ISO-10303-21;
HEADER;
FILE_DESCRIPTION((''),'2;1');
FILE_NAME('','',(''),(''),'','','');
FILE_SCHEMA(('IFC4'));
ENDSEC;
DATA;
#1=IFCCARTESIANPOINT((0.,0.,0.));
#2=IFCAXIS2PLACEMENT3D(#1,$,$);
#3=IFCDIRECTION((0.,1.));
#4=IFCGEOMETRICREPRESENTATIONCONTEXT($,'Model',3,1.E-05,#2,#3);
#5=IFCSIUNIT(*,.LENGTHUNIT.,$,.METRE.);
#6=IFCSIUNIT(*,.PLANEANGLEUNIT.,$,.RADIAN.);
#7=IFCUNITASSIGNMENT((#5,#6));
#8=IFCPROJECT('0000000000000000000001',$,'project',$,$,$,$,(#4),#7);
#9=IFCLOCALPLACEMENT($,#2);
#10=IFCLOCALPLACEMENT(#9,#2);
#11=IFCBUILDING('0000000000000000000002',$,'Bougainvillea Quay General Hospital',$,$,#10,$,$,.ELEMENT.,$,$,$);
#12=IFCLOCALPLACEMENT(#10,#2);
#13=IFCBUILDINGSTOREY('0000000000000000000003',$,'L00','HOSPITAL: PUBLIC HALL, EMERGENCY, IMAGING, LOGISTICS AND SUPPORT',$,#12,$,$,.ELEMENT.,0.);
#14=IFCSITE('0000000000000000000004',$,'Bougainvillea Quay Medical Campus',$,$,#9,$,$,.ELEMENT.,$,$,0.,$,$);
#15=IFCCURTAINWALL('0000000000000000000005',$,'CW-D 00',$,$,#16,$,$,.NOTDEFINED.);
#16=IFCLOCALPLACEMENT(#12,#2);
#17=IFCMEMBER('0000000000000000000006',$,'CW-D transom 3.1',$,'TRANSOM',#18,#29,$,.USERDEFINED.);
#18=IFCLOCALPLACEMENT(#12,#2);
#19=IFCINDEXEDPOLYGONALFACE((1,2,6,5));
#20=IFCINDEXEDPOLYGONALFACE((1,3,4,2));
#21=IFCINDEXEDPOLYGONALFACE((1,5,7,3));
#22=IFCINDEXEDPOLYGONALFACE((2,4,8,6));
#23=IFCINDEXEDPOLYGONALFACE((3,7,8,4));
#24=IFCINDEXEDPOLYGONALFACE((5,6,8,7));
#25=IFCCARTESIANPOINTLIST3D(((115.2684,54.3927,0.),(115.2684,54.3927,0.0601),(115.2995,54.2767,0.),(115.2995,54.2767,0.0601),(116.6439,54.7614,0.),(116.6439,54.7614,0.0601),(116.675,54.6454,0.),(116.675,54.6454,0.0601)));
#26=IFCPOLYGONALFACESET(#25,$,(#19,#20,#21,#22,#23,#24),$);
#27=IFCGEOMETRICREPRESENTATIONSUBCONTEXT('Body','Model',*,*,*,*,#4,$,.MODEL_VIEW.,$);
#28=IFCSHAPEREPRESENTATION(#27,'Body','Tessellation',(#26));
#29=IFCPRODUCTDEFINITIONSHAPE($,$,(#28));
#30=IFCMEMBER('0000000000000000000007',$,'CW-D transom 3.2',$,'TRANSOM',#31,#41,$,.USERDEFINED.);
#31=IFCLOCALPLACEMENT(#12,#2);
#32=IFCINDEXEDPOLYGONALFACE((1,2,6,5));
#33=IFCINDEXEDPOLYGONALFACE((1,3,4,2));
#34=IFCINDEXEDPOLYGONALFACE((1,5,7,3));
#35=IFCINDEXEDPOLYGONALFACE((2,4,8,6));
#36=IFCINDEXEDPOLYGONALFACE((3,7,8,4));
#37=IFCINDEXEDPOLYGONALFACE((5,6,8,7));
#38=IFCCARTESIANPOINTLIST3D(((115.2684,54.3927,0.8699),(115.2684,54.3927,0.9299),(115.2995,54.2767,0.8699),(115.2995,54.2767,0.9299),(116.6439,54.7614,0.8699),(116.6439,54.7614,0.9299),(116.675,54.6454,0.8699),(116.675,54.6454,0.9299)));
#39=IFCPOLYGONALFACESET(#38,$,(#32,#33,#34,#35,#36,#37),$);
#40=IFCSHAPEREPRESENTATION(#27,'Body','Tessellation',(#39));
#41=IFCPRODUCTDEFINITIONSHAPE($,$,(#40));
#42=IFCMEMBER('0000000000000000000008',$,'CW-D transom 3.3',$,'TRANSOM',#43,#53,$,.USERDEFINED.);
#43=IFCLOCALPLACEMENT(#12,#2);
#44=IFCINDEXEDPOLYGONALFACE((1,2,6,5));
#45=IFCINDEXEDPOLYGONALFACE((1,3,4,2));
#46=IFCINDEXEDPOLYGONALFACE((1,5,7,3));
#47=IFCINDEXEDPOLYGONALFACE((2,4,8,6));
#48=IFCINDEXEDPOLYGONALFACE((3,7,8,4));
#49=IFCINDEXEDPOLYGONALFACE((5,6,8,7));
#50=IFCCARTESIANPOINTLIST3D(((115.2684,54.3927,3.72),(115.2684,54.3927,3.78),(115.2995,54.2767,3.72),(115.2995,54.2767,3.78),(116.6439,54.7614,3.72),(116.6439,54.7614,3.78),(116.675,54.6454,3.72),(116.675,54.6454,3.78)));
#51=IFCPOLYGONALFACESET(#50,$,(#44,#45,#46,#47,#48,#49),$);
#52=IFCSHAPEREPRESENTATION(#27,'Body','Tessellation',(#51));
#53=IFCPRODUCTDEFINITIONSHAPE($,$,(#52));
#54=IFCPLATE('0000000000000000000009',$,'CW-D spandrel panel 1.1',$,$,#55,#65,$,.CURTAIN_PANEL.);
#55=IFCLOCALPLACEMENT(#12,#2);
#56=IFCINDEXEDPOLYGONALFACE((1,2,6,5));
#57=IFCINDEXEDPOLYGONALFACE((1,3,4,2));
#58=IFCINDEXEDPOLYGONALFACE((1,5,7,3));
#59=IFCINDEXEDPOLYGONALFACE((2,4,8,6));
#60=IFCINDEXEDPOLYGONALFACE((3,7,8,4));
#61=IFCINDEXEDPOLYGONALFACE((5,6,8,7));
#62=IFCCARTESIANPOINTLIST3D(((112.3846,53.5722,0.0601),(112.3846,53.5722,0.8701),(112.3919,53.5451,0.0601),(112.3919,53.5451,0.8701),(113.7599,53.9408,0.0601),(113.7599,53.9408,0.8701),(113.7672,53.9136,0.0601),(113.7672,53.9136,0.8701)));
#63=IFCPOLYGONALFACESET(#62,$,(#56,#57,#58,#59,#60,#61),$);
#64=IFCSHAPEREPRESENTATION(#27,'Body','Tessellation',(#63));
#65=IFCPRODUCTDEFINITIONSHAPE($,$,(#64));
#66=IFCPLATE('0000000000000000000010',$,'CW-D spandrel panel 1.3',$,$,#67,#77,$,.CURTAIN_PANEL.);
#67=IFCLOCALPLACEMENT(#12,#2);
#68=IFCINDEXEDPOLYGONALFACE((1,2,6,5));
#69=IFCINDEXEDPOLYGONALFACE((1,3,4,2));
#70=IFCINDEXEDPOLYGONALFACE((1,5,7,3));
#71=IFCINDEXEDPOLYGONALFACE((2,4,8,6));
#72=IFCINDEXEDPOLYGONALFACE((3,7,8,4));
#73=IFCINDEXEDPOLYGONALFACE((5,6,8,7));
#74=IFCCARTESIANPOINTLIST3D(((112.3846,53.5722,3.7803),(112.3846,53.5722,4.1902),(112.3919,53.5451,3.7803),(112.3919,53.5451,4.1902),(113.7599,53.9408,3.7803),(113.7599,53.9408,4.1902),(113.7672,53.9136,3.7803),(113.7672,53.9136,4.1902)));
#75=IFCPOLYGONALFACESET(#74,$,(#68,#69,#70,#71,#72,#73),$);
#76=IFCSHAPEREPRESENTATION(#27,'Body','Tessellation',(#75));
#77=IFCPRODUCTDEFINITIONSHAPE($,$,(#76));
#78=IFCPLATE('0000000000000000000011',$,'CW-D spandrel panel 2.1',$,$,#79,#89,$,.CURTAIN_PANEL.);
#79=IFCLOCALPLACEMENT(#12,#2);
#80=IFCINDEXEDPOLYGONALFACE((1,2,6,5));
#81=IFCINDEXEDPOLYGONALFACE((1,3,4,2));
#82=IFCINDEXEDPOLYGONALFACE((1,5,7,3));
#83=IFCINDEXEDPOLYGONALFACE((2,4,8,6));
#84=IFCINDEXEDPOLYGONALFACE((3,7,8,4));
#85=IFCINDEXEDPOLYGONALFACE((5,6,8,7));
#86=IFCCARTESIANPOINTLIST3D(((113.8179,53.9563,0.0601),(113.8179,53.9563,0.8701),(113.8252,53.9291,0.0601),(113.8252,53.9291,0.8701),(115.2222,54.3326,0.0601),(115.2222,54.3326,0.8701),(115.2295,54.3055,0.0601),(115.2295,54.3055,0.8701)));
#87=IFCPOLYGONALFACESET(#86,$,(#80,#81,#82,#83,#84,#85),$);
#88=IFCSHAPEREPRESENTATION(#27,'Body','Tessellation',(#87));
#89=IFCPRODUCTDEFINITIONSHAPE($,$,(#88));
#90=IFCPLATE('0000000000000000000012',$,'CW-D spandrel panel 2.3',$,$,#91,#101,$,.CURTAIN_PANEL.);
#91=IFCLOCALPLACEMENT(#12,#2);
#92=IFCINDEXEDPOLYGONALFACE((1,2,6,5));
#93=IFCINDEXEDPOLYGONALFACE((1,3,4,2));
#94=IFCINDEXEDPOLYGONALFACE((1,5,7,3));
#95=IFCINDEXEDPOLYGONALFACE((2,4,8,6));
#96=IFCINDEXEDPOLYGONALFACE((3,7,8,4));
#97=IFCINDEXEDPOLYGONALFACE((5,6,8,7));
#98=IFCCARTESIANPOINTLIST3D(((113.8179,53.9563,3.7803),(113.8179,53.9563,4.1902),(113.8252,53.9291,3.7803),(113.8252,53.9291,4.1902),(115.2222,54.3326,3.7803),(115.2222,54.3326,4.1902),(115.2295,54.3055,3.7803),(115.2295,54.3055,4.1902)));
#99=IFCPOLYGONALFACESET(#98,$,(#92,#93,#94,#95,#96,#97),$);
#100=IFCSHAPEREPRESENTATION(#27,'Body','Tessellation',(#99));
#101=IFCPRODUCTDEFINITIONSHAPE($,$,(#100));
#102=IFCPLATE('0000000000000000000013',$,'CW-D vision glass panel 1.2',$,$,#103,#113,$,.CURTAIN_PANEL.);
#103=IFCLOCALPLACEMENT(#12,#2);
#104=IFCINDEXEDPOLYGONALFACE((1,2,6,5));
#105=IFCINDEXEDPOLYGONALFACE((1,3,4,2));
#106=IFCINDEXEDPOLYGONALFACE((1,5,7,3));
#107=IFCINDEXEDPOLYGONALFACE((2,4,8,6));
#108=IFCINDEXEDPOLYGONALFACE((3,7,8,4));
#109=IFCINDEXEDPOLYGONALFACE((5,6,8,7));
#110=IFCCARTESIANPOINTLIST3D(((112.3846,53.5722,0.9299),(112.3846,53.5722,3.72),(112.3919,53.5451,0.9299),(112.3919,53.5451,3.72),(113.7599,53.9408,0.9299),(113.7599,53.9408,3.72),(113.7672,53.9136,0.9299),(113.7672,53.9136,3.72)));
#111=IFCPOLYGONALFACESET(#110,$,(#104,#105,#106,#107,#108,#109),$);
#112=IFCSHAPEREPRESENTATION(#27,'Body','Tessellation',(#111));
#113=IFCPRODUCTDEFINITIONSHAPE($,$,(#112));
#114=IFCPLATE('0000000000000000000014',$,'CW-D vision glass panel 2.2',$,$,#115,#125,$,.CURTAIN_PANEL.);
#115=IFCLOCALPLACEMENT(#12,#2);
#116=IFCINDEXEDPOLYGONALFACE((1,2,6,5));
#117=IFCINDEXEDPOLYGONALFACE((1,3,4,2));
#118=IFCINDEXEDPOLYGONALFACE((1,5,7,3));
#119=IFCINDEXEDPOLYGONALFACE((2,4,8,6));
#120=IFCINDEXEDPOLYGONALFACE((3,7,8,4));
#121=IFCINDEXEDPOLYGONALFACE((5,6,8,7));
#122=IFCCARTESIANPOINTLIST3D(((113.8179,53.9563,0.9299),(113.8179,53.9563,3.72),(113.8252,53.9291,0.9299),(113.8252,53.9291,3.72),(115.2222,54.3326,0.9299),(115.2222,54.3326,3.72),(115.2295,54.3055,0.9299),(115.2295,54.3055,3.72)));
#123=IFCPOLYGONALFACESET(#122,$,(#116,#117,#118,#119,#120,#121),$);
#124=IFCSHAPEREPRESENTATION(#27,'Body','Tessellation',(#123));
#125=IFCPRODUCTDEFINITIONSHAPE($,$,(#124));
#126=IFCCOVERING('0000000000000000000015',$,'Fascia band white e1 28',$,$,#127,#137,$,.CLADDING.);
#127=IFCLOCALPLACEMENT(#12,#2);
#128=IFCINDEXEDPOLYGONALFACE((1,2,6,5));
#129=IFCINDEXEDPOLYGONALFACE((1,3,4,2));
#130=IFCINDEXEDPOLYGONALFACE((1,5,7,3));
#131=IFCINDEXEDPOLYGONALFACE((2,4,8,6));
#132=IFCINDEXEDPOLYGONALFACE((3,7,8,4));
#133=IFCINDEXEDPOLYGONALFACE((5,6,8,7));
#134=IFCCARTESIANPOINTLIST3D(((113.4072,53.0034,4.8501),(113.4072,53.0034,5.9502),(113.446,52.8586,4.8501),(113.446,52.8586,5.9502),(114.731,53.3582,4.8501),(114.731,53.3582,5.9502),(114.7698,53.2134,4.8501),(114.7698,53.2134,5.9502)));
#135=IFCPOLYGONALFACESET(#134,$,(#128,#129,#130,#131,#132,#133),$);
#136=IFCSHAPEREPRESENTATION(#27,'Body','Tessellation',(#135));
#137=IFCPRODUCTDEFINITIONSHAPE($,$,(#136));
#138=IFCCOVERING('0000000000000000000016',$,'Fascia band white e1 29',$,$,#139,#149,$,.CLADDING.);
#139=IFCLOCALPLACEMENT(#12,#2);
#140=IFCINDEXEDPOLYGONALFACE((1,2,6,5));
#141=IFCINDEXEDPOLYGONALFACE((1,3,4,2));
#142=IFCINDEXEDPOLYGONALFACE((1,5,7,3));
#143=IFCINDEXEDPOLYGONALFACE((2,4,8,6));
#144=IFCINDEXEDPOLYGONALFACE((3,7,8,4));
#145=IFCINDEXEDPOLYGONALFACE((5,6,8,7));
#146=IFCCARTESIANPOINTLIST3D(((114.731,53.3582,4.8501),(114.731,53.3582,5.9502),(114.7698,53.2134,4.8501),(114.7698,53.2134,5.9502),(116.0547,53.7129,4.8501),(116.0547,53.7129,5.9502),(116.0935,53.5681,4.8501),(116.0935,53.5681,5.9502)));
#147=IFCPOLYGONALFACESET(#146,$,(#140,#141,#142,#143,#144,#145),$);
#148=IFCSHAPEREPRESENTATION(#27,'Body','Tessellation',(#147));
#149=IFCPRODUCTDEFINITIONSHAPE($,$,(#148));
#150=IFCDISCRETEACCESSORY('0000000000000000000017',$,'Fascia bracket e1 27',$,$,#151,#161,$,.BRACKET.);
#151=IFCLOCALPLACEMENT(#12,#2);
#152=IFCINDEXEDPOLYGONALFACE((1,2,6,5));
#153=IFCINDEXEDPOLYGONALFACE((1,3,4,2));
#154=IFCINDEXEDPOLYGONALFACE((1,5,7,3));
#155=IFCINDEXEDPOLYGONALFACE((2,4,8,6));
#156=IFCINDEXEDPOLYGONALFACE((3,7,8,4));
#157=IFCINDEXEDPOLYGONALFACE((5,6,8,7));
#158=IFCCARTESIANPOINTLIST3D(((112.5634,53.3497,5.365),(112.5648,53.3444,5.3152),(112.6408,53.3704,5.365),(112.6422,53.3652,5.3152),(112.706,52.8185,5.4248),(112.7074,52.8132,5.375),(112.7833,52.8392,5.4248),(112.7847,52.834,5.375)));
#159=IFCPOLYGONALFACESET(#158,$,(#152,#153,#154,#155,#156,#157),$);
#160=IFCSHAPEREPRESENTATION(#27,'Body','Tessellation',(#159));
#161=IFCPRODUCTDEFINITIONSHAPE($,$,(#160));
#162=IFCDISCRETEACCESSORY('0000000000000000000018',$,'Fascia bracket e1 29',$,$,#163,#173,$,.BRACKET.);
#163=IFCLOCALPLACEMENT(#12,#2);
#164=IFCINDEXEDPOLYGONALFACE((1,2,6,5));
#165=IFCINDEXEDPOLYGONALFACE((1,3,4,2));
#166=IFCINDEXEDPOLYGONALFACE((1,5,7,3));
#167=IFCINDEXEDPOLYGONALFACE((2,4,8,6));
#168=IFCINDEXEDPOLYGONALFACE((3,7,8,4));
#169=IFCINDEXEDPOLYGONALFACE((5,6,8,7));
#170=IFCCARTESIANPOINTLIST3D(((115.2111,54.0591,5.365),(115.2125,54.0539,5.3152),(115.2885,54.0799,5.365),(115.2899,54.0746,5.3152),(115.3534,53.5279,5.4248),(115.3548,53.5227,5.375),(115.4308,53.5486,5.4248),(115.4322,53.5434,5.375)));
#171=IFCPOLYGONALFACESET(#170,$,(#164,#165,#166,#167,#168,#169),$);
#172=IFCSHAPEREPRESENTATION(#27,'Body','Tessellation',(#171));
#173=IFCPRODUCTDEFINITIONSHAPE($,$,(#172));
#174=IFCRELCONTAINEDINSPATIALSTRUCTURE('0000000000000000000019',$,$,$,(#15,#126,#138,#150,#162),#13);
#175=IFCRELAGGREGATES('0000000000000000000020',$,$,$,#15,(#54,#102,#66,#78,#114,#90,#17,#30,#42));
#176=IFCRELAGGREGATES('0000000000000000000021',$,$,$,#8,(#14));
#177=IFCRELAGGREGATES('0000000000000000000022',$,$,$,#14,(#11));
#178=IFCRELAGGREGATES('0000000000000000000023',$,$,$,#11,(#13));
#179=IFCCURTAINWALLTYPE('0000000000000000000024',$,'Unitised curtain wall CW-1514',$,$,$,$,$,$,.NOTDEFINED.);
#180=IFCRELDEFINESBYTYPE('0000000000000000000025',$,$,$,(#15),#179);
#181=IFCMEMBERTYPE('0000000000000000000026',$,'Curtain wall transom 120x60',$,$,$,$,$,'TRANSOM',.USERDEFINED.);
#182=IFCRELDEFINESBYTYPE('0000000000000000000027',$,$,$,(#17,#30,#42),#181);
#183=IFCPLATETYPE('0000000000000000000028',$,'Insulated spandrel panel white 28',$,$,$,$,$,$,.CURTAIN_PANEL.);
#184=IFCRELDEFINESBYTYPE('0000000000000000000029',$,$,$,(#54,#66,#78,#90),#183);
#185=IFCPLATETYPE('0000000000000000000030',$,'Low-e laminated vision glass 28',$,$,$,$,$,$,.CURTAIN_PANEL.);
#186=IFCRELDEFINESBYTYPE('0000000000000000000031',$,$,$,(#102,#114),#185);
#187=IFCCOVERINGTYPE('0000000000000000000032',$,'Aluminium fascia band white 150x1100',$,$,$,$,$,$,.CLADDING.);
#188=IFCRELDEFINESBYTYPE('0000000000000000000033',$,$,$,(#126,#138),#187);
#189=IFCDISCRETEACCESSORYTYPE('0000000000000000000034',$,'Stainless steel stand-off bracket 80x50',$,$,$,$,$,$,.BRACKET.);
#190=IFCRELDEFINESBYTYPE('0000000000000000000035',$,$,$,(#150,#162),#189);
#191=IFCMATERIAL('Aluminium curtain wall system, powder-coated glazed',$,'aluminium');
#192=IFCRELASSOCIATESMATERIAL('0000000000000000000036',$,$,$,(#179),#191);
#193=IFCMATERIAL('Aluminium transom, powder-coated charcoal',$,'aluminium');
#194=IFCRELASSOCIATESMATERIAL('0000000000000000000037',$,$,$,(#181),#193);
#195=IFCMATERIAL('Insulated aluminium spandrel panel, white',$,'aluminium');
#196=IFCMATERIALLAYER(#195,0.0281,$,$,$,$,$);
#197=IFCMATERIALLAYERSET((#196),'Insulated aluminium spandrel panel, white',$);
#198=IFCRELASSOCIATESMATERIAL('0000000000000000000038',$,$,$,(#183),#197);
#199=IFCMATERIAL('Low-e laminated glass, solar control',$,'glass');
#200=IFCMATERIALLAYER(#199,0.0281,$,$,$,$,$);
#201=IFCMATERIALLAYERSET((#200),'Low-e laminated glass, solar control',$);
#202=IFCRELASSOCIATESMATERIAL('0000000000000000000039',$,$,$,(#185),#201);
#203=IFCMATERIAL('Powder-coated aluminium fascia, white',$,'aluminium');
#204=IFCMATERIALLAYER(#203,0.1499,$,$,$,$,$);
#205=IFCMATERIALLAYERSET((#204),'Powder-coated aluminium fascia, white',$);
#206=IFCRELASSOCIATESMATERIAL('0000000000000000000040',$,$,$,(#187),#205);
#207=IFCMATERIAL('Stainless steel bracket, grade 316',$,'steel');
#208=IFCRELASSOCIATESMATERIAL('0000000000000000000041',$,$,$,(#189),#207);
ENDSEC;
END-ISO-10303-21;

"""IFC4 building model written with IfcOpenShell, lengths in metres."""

from ifc_helpers import new_model, si_unit, direction, frame, origin, origin_2d, place, context, subcontext, project, spatial, polyline, rectangle, outline, extrude, material, layer, layer_set, material_profile, profile_set, type_object, element, aggregate, save


model = new_model("IFC4")

# Units and contexts
model_context = context("Model", 3, precision=1e-05, world=origin(), true_north=direction((0.0, 1.0)))
body_context = subcontext(model_context, "Body", "Model", "MODEL_VIEW")
ifc_project = project(units=[si_unit("LENGTHUNIT", "METRE"), si_unit("PLANEANGLEUNIT", "RADIAN")], contexts=[model_context])

# Site, building, storey
site_placement = place(None, origin())
site = spatial("IfcSite", under=ifc_project, at=site_placement, Name="Bougainvillea Quay Medical Campus", CompositionType="ELEMENT", RefElevation=0.0)
building_placement = place(site_placement, origin())
building = spatial("IfcBuilding", under=site, at=building_placement, Name="Bougainvillea Quay General Hospital", CompositionType="ELEMENT")
storey_placement = place(building_placement, origin())
storey = spatial("IfcBuildingStorey", under=building, at=storey_placement, Name="L00", Description="HOSPITAL: PUBLIC HALL, EMERGENCY, IMAGING, LOGISTICS AND SUPPORT", CompositionType="ELEMENT", Elevation=0.0)

# Curtain wall, members, plates
ifc_material_1 = material(Name="Aluminium curtain wall system, powder-coated glazed", Category="aluminium")
curtain_wall_type = type_object("IfcCurtainWallType", Name="Unitised curtain wall CW-1514", PredefinedType="NOTDEFINED", material=ifc_material_1)
curtain_wall_placement = place(storey_placement, origin())
curtain_wall = element("IfcCurtainWall", 1, at=curtain_wall_placement, inside=storey, type_object=curtain_wall_type, Name="CW-D 00", PredefinedType="NOTDEFINED")
ifc_material_2 = material(Name="Aluminium transom, powder-coated charcoal", Category="aluminium")
ifc_material_profile_1 = material_profile(ifc_material_2, rectangle(XDim=0.1201, YDim=0.0601, at=origin_2d()))
ifc_profile_set_1 = profile_set([ifc_material_profile_1], Name="Aluminium transom, powder-coated charcoal")
member_type_1 = type_object("IfcMemberType", Name="Curtain wall transom 120x60", ElementType="TRANSOM", PredefinedType="USERDEFINED", material=ifc_profile_set_1)
member_1_placement = place(storey_placement, frame((115.2839, 54.3347, 0.03), z_axis=(0.96591, 0.258879, 0.0), x_axis=(-0.258879, 0.96591, 0.0)))
member_1 = element("IfcMember", 2, at=member_1_placement, type_object=member_type_1, Name="CW-D transom 3.1", ObjectType="TRANSOM", PredefinedType="USERDEFINED", context=body_context, shape_type="SweptSolid", body=[
    extrude(rectangle(XDim=0.1201, YDim=0.0601, at=origin_2d()), origin(), (0.0, 0.0, 1.0), 1.4241),
])
member_2_placement = place(storey_placement, frame((115.2839, 54.3347, 0.8999), z_axis=(0.96591, 0.258879, 0.0), x_axis=(-0.258879, 0.96591, 0.0)))
member_2 = element("IfcMember", 3, at=member_2_placement, type_object=member_type_1, Name="CW-D transom 3.2", ObjectType="TRANSOM", PredefinedType="USERDEFINED", context=body_context, shape_type="SweptSolid", body=[
    extrude(rectangle(XDim=0.1201, YDim=0.0601, at=origin_2d()), origin(), (0.0, 0.0, 1.0), 1.4241),
])
member_3_placement = place(storey_placement, frame((115.2839, 54.3347, 3.75), z_axis=(0.96591, 0.258879, 0.0), x_axis=(-0.258879, 0.96591, 0.0)))
member_3 = element("IfcMember", 4, at=member_3_placement, type_object=member_type_1, Name="CW-D transom 3.3", ObjectType="TRANSOM", PredefinedType="USERDEFINED", context=body_context, shape_type="SweptSolid", body=[
    extrude(rectangle(XDim=0.1201, YDim=0.0601, at=origin_2d()), origin(), (0.0, 0.0, 1.0), 1.4241),
])
ifc_material_3 = material(Name="Insulated aluminium spandrel panel, white", Category="aluminium")
ifc_layer_1 = layer(ifc_material_3, 0.0281)
ifc_layer_set_1 = layer_set([ifc_layer_1], Name="Insulated aluminium spandrel panel, white")
plate_type_1 = type_object("IfcPlateType", Name="Insulated spandrel panel white 28", PredefinedType="CURTAIN_PANEL", material=ifc_layer_set_1)
plate_1_placement = place(storey_placement, frame((113.0759, 53.7429, 0.0601), z_axis=(0.0, 0.0, 1.0), x_axis=(0.965916, 0.258855, 0.0)))
plate_1 = element("IfcPlate", 5, at=plate_1_placement, type_object=plate_type_1, Name="CW-D spandrel panel 1.1", PredefinedType="CURTAIN_PANEL", context=body_context, shape_type="SweptSolid", body=[
    extrude(rectangle(XDim=1.4238, YDim=0.0281, at=origin_2d()), origin(), (0.0, 0.0, 1.0), 0.8101),
])
plate_2_placement = place(storey_placement, frame((113.0759, 53.7429, 3.7803), z_axis=(0.0, 0.0, 1.0), x_axis=(0.965916, 0.258855, 0.0)))
plate_2 = element("IfcPlate", 6, at=plate_2_placement, type_object=plate_type_1, Name="CW-D spandrel panel 1.3", PredefinedType="CURTAIN_PANEL", context=body_context, shape_type="SweptSolid", body=[
    extrude(rectangle(XDim=1.4238, YDim=0.0281, at=origin_2d()), origin(), (0.0, 0.0, 1.0), 0.4099),
])
plate_3_placement = place(storey_placement, frame((114.5237, 54.1309, 0.0601), z_axis=(0.0, 0.0, 1.0), x_axis=(0.965916, 0.258855, 0.0)))
plate_3 = element("IfcPlate", 7, at=plate_3_placement, type_object=plate_type_1, Name="CW-D spandrel panel 2.1", PredefinedType="CURTAIN_PANEL", context=body_context, shape_type="SweptSolid", body=[
    extrude(rectangle(XDim=1.4539, YDim=0.0281, at=origin_2d()), origin(), (0.0, 0.0, 1.0), 0.8101),
])
plate_4_placement = place(storey_placement, frame((114.5237, 54.1309, 3.7803), z_axis=(0.0, 0.0, 1.0), x_axis=(0.965916, 0.258855, 0.0)))
plate_4 = element("IfcPlate", 8, at=plate_4_placement, type_object=plate_type_1, Name="CW-D spandrel panel 2.3", PredefinedType="CURTAIN_PANEL", context=body_context, shape_type="SweptSolid", body=[
    extrude(rectangle(XDim=1.4539, YDim=0.0281, at=origin_2d()), origin(), (0.0, 0.0, 1.0), 0.4099),
])
ifc_material_4 = material(Name="Low-e laminated glass, solar control", Category="glass")
ifc_layer_2 = layer(ifc_material_4, 0.0281)
ifc_layer_set_2 = layer_set([ifc_layer_2], Name="Low-e laminated glass, solar control")
plate_type_2 = type_object("IfcPlateType", Name="Low-e laminated vision glass 28", PredefinedType="CURTAIN_PANEL", material=ifc_layer_set_2)
plate_5_placement = place(storey_placement, frame((113.0759, 53.7429, 0.9299), z_axis=(0.0, 0.0, 1.0), x_axis=(0.965916, 0.258855, 0.0)))
plate_5 = element("IfcPlate", 9, at=plate_5_placement, type_object=plate_type_2, Name="CW-D vision glass panel 1.2", PredefinedType="CURTAIN_PANEL", context=body_context, shape_type="SweptSolid", body=[
    extrude(rectangle(XDim=1.4238, YDim=0.0281, at=origin_2d()), origin(), (0.0, 0.0, 1.0), 2.79),
])
plate_6_placement = place(storey_placement, frame((114.5237, 54.1309, 0.9299), z_axis=(0.0, 0.0, 1.0), x_axis=(0.965916, 0.258855, 0.0)))
plate_6 = element("IfcPlate", 10, at=plate_6_placement, type_object=plate_type_2, Name="CW-D vision glass panel 2.2", PredefinedType="CURTAIN_PANEL", context=body_context, shape_type="SweptSolid", body=[
    extrude(rectangle(XDim=1.4539, YDim=0.0281, at=origin_2d()), origin(), (0.0, 0.0, 1.0), 2.79),
])
aggregate(curtain_wall, [plate_1, plate_5, plate_2, plate_3, plate_6, plate_4, member_1, member_2, member_3])

# Coverings
ifc_material_5 = material(Name="Powder-coated aluminium fascia, white", Category="aluminium")
ifc_layer_3 = layer(ifc_material_5, 0.1499)
ifc_layer_set_3 = layer_set([ifc_layer_3], Name="Powder-coated aluminium fascia, white")
covering_type = type_object("IfcCoveringType", Name="Aluminium fascia band white 150x1100", PredefinedType="CLADDING", material=ifc_layer_set_3)
for number, where, z_axis, x_axis, name in (
    (11, (113.4072, 53.0034, 4.8501), (0.0, 0.0, 1.0), (0.965918, 0.258849, 0.0), "Fascia band white e1 28"),
    (12, (114.731, 53.3582, 4.8501), (0.0, 0.0, 1.0), (0.965918, 0.258849, 0.0), "Fascia band white e1 29"),
):
    element("IfcCovering", number, at=place(storey_placement, frame(where, z_axis=z_axis, x_axis=x_axis)), inside=storey, type_object=covering_type, Name=name, PredefinedType="CLADDING", context=body_context, shape_type="SweptSolid", body=[
        extrude(outline(polyline([(0.0, 0.0), (1.3704, 0.0), (1.3705, -0.1499), (0.0, -0.1499), (0.0, 0.0)])), origin(), (0.0, 0.0, 1.0), 1.1001),
    ])

# Discrete accessories
ifc_material_6 = material(Name="Stainless steel bracket, grade 316", Category="steel")
ifc_material_profile_2 = material_profile(ifc_material_6, rectangle(XDim=0.0801, YDim=0.05, at=origin_2d()))
ifc_profile_set_2 = profile_set([ifc_material_profile_2], Name="Stainless steel bracket, grade 316")
discrete_accessory_type = type_object("IfcDiscreteAccessoryType", Name="Stainless steel stand-off bracket 80x50", PredefinedType="BRACKET", material=ifc_profile_set_2)
for number, where, z_axis, x_axis, name in (
    (13, (112.6028, 53.3574, 5.3401), (0.25769, -0.960161, 0.108106), (0.965821, 0.259209, 0.0), "Fascia bracket e1 27"),
    (14, (115.2505, 54.0669, 5.3401), (0.257278, -0.96027, 0.108119), (0.965932, 0.258795, 0.0), "Fascia bracket e1 29"),
):
    element("IfcDiscreteAccessory", number, at=place(storey_placement, frame(where, z_axis=z_axis, x_axis=x_axis)), inside=storey, type_object=discrete_accessory_type, Name=name, PredefinedType="BRACKET", context=body_context, shape_type="SweptSolid", body=[
        extrude(rectangle(XDim=0.0801, YDim=0.05, at=origin_2d()), origin(), (0.0, 0.0, 1.0), 0.5532),
    ])

save(model, "model.ifc")
